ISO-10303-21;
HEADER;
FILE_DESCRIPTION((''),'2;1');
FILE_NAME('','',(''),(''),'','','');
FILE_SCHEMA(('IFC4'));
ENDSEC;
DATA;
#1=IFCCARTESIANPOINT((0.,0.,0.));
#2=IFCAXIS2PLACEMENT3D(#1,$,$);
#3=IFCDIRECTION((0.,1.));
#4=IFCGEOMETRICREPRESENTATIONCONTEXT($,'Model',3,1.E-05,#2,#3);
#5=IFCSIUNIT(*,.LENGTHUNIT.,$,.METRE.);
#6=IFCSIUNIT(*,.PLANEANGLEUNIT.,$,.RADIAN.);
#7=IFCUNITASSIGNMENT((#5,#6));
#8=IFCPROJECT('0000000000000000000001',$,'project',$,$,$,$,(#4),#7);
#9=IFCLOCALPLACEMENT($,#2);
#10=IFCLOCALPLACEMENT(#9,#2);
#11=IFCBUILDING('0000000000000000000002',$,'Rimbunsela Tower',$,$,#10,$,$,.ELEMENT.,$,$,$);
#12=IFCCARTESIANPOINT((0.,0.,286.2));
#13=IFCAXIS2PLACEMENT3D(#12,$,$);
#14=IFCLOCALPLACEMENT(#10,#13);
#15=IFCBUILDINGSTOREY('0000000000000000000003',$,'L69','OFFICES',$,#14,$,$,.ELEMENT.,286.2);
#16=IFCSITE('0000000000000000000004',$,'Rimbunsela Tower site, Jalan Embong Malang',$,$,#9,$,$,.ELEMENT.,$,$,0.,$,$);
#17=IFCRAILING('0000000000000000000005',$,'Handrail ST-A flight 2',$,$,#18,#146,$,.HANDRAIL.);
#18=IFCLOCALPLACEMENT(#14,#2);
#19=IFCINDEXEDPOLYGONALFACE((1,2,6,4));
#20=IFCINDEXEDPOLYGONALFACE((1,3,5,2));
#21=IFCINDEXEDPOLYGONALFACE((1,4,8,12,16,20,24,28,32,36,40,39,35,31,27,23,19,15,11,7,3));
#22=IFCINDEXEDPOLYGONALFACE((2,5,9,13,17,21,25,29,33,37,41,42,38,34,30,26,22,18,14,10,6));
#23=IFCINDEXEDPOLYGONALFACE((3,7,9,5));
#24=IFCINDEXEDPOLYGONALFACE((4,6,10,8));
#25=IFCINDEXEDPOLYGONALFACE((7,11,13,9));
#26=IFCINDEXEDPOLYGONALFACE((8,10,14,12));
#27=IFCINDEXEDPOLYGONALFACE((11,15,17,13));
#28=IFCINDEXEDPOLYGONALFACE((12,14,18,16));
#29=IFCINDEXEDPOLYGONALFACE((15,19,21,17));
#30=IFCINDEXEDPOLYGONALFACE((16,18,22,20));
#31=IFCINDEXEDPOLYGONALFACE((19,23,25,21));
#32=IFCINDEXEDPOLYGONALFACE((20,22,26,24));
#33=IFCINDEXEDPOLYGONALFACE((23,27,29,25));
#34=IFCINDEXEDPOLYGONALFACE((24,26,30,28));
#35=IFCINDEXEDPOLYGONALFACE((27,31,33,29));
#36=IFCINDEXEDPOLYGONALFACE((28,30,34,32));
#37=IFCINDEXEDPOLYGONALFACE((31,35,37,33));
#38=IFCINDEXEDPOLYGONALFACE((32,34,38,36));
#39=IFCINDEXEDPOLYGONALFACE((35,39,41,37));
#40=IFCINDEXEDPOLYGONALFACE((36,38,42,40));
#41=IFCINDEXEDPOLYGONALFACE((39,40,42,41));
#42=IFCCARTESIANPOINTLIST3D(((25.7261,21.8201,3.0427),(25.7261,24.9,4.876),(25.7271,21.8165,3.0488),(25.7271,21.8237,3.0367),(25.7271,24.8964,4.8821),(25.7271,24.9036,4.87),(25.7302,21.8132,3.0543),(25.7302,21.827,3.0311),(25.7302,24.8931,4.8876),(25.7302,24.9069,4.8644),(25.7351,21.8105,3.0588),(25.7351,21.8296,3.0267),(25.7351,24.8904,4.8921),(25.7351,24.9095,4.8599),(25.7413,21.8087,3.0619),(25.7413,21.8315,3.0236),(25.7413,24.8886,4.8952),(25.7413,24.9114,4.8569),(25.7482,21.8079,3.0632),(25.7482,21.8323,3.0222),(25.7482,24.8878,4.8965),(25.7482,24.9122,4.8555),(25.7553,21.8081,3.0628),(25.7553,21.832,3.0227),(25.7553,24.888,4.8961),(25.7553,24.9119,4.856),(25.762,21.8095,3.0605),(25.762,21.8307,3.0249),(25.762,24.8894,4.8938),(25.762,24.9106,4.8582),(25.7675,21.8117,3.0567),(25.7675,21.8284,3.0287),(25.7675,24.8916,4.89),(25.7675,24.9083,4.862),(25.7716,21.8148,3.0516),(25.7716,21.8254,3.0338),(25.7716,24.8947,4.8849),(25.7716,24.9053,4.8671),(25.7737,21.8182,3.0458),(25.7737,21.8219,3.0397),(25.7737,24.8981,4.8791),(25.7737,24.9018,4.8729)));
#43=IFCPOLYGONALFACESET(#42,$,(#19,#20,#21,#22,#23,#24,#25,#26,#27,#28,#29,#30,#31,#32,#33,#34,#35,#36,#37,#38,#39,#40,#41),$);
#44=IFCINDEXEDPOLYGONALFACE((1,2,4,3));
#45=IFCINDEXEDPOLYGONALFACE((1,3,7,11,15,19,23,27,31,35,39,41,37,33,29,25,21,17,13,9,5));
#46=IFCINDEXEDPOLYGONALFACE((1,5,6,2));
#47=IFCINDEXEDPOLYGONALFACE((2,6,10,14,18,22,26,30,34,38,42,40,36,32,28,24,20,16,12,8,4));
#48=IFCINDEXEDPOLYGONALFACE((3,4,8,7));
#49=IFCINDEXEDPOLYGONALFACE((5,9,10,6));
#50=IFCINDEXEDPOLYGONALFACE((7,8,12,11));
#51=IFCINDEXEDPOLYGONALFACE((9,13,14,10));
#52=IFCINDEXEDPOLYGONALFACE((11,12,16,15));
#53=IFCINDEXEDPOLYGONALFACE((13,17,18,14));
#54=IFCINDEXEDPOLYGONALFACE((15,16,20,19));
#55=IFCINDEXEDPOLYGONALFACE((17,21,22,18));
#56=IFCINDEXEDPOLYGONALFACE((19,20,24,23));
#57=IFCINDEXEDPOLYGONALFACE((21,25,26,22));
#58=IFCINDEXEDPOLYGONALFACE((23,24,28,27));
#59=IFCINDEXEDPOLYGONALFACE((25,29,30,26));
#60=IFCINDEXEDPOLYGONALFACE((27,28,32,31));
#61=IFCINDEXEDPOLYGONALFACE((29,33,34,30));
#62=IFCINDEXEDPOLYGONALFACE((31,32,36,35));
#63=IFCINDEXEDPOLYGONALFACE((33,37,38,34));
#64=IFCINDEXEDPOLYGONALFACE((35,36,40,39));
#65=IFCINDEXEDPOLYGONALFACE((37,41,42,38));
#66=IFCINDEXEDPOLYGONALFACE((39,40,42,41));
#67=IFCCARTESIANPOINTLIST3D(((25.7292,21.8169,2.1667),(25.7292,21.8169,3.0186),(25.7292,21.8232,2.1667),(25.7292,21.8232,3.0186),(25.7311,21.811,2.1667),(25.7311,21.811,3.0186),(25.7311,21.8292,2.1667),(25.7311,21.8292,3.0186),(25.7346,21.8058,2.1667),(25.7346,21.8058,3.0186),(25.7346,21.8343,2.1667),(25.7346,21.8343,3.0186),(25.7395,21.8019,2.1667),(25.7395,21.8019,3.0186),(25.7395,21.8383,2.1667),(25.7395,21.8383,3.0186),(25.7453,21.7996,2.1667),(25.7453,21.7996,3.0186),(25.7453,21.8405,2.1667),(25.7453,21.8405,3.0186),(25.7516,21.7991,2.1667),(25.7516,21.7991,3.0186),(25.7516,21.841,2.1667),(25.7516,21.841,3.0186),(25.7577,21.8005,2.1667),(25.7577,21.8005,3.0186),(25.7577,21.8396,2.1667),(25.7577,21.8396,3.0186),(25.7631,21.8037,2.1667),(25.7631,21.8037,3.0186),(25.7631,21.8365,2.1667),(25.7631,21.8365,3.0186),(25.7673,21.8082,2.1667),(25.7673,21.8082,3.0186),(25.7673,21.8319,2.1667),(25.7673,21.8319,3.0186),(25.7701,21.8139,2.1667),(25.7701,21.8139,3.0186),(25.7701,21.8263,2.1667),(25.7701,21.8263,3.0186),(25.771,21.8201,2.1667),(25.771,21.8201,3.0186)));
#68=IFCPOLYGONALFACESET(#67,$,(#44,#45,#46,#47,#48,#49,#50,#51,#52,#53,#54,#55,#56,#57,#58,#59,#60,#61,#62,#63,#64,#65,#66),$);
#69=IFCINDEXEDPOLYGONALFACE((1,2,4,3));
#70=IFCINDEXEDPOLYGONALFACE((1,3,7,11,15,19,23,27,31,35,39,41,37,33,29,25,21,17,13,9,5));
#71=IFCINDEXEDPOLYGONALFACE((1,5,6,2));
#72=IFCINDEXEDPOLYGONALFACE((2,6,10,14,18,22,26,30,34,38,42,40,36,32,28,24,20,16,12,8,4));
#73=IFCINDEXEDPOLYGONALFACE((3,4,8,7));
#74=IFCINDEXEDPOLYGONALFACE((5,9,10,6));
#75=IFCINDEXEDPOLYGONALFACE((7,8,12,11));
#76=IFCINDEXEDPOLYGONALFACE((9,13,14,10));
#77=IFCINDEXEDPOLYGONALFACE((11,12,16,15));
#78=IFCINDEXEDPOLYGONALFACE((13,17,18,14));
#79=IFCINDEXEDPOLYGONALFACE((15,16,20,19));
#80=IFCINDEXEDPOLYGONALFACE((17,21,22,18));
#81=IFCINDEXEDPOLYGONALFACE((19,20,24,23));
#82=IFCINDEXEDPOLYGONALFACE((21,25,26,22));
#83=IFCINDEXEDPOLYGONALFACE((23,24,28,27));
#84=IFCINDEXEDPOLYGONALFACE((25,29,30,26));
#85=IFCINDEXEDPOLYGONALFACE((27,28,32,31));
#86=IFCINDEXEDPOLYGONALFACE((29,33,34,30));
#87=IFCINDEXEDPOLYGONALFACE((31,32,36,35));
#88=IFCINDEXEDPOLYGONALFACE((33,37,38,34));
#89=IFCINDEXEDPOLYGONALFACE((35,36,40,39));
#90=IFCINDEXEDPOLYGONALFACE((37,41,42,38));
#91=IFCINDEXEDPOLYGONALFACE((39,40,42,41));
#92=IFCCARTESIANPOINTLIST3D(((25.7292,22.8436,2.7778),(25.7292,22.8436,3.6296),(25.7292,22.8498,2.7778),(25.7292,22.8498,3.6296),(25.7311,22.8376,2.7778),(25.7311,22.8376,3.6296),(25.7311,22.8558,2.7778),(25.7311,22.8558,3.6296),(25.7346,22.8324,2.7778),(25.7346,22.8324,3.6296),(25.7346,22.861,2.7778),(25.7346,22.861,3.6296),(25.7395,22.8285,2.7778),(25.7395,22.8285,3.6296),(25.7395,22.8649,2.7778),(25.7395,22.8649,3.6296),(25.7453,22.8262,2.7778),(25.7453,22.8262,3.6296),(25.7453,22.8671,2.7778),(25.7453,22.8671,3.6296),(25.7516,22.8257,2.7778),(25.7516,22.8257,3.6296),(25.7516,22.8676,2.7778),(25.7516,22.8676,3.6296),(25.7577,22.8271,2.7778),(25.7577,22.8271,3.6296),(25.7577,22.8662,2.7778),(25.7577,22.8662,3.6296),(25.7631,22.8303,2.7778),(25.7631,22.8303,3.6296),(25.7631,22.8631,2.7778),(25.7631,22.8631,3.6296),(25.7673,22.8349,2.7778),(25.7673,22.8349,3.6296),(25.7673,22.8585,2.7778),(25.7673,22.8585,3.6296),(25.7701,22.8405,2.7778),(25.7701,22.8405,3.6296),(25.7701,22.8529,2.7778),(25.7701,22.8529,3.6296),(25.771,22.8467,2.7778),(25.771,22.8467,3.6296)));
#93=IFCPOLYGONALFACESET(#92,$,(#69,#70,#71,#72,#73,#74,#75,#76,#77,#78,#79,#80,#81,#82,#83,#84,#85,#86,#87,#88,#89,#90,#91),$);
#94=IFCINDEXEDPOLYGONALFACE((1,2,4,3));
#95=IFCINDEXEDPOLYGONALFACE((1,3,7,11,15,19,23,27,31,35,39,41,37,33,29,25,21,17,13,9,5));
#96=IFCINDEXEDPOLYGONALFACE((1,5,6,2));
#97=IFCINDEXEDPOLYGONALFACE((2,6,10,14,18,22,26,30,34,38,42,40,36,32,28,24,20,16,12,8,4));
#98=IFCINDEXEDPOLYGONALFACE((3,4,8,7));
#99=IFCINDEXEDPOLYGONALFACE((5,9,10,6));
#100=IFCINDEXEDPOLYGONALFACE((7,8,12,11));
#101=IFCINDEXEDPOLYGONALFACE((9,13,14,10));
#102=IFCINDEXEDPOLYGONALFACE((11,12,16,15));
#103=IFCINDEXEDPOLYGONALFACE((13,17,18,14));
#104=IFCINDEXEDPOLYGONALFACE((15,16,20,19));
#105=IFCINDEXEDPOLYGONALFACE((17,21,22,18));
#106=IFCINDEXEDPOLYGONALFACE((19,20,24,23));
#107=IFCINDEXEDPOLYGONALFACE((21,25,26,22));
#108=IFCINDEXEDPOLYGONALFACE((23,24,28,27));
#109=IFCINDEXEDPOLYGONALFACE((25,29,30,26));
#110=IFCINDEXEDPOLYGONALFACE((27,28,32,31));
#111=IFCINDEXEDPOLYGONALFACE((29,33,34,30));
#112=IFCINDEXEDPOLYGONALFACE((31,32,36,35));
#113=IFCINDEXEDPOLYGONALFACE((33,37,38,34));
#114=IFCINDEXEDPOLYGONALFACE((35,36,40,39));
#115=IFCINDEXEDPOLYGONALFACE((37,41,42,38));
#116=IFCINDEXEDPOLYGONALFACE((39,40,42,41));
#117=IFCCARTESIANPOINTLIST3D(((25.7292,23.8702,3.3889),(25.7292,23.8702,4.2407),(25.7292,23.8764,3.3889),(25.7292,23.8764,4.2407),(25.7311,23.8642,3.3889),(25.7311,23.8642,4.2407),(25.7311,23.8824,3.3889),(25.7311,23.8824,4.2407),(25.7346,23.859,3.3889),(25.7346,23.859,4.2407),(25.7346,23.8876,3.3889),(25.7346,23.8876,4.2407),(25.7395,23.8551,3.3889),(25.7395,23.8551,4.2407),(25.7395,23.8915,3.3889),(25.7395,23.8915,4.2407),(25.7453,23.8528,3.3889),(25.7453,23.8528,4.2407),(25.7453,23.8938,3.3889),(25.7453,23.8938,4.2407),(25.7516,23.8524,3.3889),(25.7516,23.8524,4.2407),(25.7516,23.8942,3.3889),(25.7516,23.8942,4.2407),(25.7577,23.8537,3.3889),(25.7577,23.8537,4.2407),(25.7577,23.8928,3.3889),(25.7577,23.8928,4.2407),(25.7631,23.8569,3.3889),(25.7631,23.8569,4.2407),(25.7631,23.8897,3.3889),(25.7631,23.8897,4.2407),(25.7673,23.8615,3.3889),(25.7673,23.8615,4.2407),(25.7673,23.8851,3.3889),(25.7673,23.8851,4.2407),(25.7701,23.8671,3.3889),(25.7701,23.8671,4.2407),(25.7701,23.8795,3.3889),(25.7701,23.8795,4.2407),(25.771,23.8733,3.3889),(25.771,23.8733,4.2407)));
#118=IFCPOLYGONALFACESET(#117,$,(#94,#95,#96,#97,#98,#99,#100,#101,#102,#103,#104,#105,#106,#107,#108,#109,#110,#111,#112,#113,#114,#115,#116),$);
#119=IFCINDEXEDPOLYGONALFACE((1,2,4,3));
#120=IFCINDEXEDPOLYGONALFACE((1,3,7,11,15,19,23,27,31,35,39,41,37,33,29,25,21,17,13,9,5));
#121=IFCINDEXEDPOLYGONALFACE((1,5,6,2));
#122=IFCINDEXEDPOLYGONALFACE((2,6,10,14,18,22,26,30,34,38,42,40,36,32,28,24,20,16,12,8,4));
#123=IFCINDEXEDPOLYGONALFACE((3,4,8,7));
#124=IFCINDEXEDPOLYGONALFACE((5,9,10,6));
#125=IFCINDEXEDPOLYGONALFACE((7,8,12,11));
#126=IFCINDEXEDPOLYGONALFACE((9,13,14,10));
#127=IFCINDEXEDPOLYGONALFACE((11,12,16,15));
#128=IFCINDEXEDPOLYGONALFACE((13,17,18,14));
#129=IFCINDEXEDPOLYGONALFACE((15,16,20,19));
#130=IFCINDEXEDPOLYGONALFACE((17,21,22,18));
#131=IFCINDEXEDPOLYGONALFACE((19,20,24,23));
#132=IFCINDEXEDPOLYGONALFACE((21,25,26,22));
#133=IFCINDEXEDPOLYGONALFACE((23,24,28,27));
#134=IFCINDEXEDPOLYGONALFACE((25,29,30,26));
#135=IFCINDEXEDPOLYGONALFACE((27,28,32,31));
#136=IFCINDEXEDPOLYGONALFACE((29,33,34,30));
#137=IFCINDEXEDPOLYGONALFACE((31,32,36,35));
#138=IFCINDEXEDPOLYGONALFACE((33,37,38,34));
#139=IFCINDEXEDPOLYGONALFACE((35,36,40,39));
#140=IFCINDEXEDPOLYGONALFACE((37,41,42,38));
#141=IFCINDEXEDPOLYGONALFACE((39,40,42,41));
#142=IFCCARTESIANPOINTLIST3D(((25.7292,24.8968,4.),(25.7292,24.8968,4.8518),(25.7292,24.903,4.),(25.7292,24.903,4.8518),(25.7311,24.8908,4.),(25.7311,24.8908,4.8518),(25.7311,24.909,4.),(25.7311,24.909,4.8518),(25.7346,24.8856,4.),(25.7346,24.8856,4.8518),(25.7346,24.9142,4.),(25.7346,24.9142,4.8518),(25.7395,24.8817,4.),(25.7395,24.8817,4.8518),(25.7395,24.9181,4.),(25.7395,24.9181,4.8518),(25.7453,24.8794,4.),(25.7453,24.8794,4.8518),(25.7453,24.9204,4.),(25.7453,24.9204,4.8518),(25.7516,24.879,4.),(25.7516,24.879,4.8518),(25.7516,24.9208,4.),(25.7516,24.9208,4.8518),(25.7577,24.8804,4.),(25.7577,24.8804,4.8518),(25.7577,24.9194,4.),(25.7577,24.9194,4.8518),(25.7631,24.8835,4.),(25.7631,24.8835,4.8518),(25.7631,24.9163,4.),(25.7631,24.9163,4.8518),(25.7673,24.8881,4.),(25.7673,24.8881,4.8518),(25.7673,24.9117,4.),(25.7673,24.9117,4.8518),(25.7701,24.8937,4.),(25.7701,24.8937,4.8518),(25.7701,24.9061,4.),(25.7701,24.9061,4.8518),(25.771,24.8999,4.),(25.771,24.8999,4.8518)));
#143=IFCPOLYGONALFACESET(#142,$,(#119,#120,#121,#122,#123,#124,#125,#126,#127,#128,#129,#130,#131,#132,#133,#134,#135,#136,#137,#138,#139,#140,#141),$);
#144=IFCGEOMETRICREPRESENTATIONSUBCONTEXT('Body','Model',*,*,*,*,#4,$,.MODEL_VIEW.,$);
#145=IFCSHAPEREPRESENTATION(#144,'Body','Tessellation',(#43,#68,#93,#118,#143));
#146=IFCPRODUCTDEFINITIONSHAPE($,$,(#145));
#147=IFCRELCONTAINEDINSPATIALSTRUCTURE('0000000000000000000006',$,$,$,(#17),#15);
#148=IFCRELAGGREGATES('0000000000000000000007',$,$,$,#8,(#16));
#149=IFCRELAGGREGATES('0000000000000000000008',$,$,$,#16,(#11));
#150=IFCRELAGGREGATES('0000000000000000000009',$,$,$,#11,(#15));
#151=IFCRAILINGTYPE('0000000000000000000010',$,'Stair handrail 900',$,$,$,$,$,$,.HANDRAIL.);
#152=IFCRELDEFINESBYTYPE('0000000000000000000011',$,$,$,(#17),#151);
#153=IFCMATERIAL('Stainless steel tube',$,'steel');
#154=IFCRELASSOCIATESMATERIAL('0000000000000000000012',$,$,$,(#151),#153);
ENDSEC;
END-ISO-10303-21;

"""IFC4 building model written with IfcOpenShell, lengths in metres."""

from ifc_helpers import new_model, si_unit, direction, frame, origin, origin_2d, place, context, subcontext, project, spatial, circle, extrude, material, type_object, element, save


model = new_model("IFC4")

# Units and contexts
model_context = context("Model", 3, precision=1e-05, world=origin(), true_north=direction((0.0, 1.0)))
body_context = subcontext(model_context, "Body", "Model", "MODEL_VIEW")
ifc_project = project(units=[si_unit("LENGTHUNIT", "METRE"), si_unit("PLANEANGLEUNIT", "RADIAN")], contexts=[model_context])

# Site, building, storey
site_placement = place(None, origin())
site = spatial("IfcSite", under=ifc_project, at=site_placement, Name="Rimbunsela Tower site, Jalan Embong Malang", CompositionType="ELEMENT", RefElevation=0.0)
building_placement = place(site_placement, origin())
building = spatial("IfcBuilding", under=site, at=building_placement, Name="Rimbunsela Tower", CompositionType="ELEMENT")
storey_placement = place(building_placement, frame((0.0, 0.0, 286.2)))
storey = spatial("IfcBuildingStorey", under=building, at=storey_placement, Name="L69", Description="OFFICES", CompositionType="ELEMENT", Elevation=286.2)

# Railing
ifc_material_1 = material(Name="Stainless steel tube", Category="steel")
railing_type = type_object("IfcRailingType", Name="Stair handrail 900", PredefinedType="HANDRAIL", material=ifc_material_1)
for number, where, name in (
    (1, (25.75, 21.8201, 2.1667), "Handrail ST-A flight 2"),
):
    element("IfcRailing", number, at=place(storey_placement, frame(where)), inside=storey, type_object=railing_type, Name=name, PredefinedType="HANDRAIL", context=body_context, shape_type="SweptSolid", body=[
        extrude(circle(Radius=0.0239, at=origin_2d()), frame((0.0, 0.0, 0.876), z_axis=(0.0, 0.859291, 0.511487), x_axis=(-1.0, 0.0, 0.0)), (0.0, 0.0, 1.0), 3.5842),
        extrude(circle(Radius=0.021, at=origin_2d()), origin(), (0.0, 0.0, 1.0), 0.8518),
        extrude(circle(Radius=0.021, at=origin_2d()), frame((0.0, 1.0266, 0.6111)), (0.0, 0.0, 1.0), 0.8518),
        extrude(circle(Radius=0.021, at=origin_2d()), frame((0.0, 2.0532, 1.2222)), (0.0, 0.0, 1.0), 0.8518),
        extrude(circle(Radius=0.021, at=origin_2d()), frame((0.0, 3.0798, 1.8333)), (0.0, 0.0, 1.0), 0.8518),
    ])

save(model, "model.ifc")
